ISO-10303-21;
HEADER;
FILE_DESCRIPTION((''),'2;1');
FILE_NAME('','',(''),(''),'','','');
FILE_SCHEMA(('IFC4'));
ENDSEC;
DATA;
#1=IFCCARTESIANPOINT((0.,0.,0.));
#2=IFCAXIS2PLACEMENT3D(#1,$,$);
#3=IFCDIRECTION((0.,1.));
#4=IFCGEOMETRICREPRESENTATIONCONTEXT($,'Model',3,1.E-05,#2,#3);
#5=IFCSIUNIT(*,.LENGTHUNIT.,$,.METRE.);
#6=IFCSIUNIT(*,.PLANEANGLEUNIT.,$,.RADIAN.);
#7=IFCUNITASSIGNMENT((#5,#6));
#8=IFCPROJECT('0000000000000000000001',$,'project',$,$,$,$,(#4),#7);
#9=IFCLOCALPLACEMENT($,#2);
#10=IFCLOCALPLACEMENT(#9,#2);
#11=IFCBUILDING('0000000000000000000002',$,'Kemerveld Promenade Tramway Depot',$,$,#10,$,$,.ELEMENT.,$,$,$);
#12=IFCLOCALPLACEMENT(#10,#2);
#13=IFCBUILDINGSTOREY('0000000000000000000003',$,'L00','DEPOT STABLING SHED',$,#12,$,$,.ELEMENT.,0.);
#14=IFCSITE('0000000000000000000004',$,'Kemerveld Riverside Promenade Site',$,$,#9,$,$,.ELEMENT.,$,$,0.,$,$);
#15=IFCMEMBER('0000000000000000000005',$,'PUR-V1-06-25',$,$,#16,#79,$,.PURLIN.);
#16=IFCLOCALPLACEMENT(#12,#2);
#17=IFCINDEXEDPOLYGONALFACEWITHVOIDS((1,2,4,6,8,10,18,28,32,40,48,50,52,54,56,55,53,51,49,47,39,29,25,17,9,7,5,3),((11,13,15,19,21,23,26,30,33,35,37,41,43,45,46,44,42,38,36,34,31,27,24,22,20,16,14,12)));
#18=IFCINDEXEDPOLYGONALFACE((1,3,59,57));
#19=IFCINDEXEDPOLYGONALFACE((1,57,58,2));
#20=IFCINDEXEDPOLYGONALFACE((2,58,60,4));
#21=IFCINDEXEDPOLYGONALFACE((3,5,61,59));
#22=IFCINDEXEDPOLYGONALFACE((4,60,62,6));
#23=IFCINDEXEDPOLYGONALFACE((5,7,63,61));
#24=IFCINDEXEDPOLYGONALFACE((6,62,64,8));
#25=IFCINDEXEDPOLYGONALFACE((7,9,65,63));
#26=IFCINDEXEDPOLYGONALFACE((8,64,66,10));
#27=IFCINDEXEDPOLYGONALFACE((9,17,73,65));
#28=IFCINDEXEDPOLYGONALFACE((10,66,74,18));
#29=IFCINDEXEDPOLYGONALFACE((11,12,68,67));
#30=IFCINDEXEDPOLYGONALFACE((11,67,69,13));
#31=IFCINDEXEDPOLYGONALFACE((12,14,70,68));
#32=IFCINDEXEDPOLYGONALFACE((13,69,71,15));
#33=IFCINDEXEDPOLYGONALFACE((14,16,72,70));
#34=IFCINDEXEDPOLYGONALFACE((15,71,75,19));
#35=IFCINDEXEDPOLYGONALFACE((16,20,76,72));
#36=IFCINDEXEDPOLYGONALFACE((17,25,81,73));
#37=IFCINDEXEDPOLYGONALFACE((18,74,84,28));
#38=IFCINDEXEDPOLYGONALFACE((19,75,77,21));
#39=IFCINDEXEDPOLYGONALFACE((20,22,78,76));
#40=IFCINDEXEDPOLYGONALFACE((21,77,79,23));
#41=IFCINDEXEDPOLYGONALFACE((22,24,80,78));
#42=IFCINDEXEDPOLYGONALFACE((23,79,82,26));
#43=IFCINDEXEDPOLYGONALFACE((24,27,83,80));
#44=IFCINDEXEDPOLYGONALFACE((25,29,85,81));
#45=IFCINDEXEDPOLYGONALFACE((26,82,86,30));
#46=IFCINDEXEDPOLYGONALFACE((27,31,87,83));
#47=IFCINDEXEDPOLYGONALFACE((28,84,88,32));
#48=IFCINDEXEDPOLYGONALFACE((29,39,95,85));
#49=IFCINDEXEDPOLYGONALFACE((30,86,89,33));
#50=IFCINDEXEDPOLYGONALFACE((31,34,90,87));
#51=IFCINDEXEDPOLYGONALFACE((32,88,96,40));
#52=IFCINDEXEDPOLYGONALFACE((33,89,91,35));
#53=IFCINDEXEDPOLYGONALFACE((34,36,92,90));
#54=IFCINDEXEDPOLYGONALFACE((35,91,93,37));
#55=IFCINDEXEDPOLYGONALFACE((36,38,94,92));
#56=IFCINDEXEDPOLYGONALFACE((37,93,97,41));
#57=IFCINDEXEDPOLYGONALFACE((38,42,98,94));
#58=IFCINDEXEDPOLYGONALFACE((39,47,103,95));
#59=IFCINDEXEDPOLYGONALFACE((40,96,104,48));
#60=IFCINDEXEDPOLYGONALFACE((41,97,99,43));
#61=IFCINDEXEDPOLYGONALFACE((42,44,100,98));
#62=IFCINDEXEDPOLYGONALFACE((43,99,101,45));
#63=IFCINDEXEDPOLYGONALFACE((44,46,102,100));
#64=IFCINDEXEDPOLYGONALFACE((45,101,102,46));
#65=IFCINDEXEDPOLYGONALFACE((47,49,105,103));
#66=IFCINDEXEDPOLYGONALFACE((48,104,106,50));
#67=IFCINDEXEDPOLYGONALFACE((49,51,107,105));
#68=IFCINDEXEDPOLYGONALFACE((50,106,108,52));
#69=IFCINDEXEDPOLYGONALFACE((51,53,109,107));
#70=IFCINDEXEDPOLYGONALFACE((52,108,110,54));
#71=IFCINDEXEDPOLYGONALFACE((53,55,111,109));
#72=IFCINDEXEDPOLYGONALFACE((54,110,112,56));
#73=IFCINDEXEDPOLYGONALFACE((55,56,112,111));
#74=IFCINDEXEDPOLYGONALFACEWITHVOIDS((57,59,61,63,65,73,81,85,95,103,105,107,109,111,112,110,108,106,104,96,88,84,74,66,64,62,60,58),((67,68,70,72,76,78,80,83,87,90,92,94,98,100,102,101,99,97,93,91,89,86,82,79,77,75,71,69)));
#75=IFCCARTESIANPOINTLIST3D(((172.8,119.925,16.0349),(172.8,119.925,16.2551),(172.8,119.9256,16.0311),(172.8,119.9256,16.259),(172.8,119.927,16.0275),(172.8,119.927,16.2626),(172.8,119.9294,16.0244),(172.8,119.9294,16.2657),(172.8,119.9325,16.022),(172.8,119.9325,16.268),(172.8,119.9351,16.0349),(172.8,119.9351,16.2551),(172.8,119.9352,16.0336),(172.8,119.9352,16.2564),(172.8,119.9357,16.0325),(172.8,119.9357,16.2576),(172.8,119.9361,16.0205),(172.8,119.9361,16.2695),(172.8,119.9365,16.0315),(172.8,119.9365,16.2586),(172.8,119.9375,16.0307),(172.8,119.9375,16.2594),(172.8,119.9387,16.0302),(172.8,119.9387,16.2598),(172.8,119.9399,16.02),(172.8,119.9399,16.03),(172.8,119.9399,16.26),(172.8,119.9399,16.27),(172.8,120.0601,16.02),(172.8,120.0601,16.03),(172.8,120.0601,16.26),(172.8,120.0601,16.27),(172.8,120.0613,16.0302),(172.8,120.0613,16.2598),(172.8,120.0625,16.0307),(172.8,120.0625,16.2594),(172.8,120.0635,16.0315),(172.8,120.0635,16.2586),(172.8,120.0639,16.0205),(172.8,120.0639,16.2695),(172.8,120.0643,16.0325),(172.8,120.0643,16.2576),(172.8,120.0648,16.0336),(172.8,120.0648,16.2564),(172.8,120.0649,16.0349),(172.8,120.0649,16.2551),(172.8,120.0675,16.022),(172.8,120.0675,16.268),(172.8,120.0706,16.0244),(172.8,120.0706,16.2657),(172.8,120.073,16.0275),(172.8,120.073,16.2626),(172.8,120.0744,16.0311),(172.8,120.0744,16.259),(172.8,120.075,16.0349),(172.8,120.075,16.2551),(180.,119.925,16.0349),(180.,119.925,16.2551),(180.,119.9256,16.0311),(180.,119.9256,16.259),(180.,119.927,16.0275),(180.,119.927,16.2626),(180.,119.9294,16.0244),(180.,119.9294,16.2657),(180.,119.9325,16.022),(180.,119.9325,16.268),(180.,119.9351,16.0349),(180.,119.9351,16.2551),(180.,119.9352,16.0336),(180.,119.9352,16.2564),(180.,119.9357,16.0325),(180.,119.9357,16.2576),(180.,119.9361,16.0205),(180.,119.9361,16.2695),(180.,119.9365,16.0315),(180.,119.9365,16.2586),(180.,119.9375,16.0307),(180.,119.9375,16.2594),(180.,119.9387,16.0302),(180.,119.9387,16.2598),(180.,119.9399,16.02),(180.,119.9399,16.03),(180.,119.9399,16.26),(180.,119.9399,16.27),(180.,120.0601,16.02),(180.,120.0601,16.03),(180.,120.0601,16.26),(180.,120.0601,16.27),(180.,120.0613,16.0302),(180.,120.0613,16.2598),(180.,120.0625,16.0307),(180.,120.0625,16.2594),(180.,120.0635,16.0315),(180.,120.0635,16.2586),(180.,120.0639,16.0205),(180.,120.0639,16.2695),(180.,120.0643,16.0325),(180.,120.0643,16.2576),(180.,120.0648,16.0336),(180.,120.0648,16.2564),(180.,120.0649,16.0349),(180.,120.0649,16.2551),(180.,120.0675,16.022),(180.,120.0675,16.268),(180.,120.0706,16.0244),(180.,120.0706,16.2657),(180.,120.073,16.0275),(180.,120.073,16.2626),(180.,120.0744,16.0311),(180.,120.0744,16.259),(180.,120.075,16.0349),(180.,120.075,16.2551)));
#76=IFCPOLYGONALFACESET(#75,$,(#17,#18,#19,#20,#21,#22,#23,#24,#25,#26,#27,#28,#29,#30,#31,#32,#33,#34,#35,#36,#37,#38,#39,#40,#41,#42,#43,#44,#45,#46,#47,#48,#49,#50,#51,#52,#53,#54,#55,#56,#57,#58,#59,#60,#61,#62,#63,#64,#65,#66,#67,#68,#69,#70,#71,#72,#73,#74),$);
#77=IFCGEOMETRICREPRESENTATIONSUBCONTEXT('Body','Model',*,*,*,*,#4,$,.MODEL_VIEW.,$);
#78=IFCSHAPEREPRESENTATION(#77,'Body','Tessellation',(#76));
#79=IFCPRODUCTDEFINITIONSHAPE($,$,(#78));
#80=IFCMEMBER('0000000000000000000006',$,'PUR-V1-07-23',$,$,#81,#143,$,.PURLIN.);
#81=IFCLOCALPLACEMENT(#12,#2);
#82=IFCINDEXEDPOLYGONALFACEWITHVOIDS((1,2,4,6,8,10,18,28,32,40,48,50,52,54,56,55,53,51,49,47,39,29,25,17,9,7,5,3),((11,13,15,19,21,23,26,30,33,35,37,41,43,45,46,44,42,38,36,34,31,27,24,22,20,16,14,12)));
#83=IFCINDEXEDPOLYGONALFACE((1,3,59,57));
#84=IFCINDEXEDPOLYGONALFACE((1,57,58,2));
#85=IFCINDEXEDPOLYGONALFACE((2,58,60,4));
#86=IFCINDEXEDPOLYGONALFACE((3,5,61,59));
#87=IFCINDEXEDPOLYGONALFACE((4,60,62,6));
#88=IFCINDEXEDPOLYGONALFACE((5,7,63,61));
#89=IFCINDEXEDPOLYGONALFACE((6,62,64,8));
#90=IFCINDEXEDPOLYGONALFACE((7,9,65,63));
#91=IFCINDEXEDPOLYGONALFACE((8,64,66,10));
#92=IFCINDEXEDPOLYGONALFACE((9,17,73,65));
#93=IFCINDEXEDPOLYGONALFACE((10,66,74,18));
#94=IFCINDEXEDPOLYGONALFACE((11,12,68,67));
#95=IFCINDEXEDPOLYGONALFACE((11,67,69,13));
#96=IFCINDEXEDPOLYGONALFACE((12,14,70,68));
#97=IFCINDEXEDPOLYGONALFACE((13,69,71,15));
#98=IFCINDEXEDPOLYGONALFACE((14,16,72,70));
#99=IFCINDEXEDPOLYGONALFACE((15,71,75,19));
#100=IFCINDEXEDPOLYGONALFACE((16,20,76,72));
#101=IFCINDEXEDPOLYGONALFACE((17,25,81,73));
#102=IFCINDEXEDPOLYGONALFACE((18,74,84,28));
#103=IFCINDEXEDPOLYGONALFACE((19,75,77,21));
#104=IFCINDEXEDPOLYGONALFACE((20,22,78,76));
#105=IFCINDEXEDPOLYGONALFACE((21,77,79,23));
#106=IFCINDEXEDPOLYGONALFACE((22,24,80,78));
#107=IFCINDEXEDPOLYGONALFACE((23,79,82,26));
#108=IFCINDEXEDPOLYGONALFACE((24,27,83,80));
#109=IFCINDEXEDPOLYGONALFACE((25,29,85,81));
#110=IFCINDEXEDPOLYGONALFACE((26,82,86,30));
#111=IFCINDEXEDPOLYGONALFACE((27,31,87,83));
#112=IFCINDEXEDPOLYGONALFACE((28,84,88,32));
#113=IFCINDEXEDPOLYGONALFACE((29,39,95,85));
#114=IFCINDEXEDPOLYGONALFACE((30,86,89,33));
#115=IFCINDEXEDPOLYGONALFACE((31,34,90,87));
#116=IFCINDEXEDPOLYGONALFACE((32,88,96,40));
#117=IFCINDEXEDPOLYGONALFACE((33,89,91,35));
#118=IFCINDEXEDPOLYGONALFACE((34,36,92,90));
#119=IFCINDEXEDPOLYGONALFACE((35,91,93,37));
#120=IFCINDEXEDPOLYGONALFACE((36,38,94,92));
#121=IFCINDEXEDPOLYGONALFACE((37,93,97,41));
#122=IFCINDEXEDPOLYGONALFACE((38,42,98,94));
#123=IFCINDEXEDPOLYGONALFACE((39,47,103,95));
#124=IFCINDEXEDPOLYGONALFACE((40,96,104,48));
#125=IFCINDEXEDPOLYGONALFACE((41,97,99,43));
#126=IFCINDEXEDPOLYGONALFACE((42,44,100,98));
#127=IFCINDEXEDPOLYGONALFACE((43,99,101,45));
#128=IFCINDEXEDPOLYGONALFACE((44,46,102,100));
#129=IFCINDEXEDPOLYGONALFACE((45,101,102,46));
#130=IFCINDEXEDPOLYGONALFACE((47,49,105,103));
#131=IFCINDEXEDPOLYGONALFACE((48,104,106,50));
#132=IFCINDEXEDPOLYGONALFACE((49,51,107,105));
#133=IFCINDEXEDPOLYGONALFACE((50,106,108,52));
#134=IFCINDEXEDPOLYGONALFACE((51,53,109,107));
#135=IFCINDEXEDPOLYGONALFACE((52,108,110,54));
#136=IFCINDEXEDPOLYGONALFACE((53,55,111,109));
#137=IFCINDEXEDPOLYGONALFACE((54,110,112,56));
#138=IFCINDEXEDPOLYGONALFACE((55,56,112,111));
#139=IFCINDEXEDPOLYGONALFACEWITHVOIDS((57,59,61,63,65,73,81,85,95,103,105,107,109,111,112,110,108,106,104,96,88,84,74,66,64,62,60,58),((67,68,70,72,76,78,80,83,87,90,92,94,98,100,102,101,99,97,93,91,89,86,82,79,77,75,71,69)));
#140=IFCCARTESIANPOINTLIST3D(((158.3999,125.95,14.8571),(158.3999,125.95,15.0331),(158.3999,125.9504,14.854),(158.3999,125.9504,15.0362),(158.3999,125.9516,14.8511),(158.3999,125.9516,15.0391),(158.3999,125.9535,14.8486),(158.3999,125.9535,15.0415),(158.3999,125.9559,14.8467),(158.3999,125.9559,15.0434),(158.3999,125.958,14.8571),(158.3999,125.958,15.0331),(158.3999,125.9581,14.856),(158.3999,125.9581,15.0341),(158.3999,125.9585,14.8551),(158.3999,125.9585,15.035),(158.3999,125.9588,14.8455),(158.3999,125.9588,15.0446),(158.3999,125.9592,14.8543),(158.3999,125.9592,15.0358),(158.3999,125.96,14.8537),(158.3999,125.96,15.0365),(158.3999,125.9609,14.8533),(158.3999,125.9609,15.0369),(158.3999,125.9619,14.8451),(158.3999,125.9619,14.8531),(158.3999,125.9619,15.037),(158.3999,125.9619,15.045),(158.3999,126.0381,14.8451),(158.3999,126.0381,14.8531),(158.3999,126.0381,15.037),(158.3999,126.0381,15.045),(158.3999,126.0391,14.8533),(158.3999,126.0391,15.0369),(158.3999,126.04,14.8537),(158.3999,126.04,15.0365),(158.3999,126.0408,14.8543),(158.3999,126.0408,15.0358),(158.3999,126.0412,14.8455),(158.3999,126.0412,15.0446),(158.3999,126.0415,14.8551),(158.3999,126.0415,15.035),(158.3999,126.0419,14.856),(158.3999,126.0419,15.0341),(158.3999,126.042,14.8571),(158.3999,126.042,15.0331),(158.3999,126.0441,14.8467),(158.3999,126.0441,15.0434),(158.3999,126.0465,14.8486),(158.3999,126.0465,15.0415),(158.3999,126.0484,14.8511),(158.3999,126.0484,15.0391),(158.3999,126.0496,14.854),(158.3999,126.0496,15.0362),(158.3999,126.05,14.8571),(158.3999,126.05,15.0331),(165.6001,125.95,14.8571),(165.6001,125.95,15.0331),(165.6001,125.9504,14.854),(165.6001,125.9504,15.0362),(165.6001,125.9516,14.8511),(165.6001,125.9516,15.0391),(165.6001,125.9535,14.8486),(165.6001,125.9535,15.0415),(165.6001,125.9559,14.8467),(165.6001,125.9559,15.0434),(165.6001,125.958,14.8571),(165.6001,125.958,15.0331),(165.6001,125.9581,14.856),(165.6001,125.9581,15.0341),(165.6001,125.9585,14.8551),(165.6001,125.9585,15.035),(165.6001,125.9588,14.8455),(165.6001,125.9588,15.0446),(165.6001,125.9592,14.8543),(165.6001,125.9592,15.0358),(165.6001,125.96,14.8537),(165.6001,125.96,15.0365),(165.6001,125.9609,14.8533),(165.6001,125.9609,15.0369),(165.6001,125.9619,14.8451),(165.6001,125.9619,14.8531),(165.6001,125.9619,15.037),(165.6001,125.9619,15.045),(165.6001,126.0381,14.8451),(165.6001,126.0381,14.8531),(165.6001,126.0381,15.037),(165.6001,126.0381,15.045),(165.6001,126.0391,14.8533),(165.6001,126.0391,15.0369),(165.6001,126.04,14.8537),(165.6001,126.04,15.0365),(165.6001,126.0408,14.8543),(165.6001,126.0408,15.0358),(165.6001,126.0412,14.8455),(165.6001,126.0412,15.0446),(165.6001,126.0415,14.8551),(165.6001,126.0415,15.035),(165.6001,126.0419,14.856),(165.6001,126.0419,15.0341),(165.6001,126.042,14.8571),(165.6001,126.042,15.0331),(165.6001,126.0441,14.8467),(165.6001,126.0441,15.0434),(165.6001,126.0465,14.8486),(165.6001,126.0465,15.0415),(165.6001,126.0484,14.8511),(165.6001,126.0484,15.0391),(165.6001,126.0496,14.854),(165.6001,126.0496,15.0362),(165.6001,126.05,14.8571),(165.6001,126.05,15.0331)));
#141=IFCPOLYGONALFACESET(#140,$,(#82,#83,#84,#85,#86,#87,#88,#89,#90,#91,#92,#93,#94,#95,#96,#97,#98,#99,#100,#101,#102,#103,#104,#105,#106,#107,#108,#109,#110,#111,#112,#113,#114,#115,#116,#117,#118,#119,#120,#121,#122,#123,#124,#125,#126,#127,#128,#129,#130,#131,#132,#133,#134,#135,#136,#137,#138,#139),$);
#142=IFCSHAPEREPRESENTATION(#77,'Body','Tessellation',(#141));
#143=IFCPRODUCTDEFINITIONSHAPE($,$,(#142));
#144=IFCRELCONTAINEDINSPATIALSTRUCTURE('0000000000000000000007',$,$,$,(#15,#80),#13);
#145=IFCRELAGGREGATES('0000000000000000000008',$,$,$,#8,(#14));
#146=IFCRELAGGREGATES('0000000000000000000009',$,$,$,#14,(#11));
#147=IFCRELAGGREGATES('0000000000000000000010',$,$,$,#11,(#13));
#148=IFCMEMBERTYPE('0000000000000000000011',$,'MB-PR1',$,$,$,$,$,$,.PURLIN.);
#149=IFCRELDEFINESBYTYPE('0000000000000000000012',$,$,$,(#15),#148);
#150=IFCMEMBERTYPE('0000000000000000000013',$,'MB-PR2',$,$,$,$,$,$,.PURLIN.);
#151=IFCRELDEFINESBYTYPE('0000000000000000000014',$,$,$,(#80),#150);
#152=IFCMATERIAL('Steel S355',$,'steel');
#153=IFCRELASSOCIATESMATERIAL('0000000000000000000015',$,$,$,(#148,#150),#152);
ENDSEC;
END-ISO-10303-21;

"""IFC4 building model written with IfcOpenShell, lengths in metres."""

from ifc_helpers import new_model, si_unit, direction, frame, origin, origin_2d, place, context, subcontext, project, spatial, hollow_rectangle, extrude, material, material_profile, profile_set, type_object, element, save


model = new_model("IFC4")

# Units and contexts
model_context = context("Model", 3, precision=1e-05, world=origin(), true_north=direction((0.0, 1.0)))
body_context = subcontext(model_context, "Body", "Model", "MODEL_VIEW")
ifc_project = project(units=[si_unit("LENGTHUNIT", "METRE"), si_unit("PLANEANGLEUNIT", "RADIAN")], contexts=[model_context])

# Site, building, storey
site_placement = place(None, origin())
site = spatial("IfcSite", under=ifc_project, at=site_placement, Name="Kemerveld Riverside Promenade Site", CompositionType="ELEMENT", RefElevation=0.0)
building_placement = place(site_placement, origin())
building = spatial("IfcBuilding", under=site, at=building_placement, Name="Kemerveld Promenade Tramway Depot", CompositionType="ELEMENT")
storey_placement = place(building_placement, origin())
storey = spatial("IfcBuildingStorey", under=building, at=storey_placement, Name="L00", Description="DEPOT STABLING SHED", CompositionType="ELEMENT", Elevation=0.0)

# Members
ifc_material = material(Name="Steel S355", Category="steel")
ifc_material_profile_1 = material_profile(ifc_material, hollow_rectangle(XDim=0.1499, YDim=0.25, WallThickness=0.01, InnerFilletRadius=0.0049, OuterFilletRadius=0.0149, at=origin_2d()), Name="250x150x10.0 RHS")
ifc_profile_set_1 = profile_set([ifc_material_profile_1], Name="Steel S355")
member_type_1 = type_object("IfcMemberType", Name="MB-PR1", PredefinedType="PURLIN", material=ifc_profile_set_1)
for number, where, z_axis, x_axis, name in (
    (1, (172.8, 120.0, 16.145), (1.0, 0.0, 0.0), (0.0, 1.0, 0.0), "PUR-V1-06-25"),
):
    element("IfcMember", number, at=place(storey_placement, frame(where, z_axis=z_axis, x_axis=x_axis)), inside=storey, type_object=member_type_1, Name=name, PredefinedType="PURLIN", context=body_context, shape_type="SweptSolid", body=[
        extrude(hollow_rectangle(XDim=0.1499, YDim=0.25, WallThickness=0.01, InnerFilletRadius=0.0049, OuterFilletRadius=0.0149, at=origin_2d()), origin(), (0.0, 0.0, 1.0), 7.2),
    ])
ifc_material_profile_2 = material_profile(ifc_material, hollow_rectangle(XDim=0.1001, YDim=0.2, WallThickness=0.0081, InnerFilletRadius=0.0039, OuterFilletRadius=0.012, at=origin_2d()), Name="200x100x8.0 RHS")
ifc_profile_set_2 = profile_set([ifc_material_profile_2], Name="Steel S355")
member_type_2 = type_object("IfcMemberType", Name="MB-PR2", PredefinedType="PURLIN", material=ifc_profile_set_2)
member_1_placement = place(storey_placement, frame((158.3999, 126.0, 14.9451), z_axis=(1.0, 0.0, 0.0), x_axis=(0.0, 1.0, 0.0)))
element("IfcMember", 2, at=member_1_placement, inside=storey, type_object=member_type_2, Name="PUR-V1-07-23", PredefinedType="PURLIN", context=body_context, shape_type="SweptSolid", body=[
    extrude(hollow_rectangle(XDim=0.1001, YDim=0.2, WallThickness=0.0081, InnerFilletRadius=0.0039, OuterFilletRadius=0.012, at=origin_2d()), origin(), (0.0, 0.0, 1.0), 7.2002),
])

save(model, "model.ifc")
